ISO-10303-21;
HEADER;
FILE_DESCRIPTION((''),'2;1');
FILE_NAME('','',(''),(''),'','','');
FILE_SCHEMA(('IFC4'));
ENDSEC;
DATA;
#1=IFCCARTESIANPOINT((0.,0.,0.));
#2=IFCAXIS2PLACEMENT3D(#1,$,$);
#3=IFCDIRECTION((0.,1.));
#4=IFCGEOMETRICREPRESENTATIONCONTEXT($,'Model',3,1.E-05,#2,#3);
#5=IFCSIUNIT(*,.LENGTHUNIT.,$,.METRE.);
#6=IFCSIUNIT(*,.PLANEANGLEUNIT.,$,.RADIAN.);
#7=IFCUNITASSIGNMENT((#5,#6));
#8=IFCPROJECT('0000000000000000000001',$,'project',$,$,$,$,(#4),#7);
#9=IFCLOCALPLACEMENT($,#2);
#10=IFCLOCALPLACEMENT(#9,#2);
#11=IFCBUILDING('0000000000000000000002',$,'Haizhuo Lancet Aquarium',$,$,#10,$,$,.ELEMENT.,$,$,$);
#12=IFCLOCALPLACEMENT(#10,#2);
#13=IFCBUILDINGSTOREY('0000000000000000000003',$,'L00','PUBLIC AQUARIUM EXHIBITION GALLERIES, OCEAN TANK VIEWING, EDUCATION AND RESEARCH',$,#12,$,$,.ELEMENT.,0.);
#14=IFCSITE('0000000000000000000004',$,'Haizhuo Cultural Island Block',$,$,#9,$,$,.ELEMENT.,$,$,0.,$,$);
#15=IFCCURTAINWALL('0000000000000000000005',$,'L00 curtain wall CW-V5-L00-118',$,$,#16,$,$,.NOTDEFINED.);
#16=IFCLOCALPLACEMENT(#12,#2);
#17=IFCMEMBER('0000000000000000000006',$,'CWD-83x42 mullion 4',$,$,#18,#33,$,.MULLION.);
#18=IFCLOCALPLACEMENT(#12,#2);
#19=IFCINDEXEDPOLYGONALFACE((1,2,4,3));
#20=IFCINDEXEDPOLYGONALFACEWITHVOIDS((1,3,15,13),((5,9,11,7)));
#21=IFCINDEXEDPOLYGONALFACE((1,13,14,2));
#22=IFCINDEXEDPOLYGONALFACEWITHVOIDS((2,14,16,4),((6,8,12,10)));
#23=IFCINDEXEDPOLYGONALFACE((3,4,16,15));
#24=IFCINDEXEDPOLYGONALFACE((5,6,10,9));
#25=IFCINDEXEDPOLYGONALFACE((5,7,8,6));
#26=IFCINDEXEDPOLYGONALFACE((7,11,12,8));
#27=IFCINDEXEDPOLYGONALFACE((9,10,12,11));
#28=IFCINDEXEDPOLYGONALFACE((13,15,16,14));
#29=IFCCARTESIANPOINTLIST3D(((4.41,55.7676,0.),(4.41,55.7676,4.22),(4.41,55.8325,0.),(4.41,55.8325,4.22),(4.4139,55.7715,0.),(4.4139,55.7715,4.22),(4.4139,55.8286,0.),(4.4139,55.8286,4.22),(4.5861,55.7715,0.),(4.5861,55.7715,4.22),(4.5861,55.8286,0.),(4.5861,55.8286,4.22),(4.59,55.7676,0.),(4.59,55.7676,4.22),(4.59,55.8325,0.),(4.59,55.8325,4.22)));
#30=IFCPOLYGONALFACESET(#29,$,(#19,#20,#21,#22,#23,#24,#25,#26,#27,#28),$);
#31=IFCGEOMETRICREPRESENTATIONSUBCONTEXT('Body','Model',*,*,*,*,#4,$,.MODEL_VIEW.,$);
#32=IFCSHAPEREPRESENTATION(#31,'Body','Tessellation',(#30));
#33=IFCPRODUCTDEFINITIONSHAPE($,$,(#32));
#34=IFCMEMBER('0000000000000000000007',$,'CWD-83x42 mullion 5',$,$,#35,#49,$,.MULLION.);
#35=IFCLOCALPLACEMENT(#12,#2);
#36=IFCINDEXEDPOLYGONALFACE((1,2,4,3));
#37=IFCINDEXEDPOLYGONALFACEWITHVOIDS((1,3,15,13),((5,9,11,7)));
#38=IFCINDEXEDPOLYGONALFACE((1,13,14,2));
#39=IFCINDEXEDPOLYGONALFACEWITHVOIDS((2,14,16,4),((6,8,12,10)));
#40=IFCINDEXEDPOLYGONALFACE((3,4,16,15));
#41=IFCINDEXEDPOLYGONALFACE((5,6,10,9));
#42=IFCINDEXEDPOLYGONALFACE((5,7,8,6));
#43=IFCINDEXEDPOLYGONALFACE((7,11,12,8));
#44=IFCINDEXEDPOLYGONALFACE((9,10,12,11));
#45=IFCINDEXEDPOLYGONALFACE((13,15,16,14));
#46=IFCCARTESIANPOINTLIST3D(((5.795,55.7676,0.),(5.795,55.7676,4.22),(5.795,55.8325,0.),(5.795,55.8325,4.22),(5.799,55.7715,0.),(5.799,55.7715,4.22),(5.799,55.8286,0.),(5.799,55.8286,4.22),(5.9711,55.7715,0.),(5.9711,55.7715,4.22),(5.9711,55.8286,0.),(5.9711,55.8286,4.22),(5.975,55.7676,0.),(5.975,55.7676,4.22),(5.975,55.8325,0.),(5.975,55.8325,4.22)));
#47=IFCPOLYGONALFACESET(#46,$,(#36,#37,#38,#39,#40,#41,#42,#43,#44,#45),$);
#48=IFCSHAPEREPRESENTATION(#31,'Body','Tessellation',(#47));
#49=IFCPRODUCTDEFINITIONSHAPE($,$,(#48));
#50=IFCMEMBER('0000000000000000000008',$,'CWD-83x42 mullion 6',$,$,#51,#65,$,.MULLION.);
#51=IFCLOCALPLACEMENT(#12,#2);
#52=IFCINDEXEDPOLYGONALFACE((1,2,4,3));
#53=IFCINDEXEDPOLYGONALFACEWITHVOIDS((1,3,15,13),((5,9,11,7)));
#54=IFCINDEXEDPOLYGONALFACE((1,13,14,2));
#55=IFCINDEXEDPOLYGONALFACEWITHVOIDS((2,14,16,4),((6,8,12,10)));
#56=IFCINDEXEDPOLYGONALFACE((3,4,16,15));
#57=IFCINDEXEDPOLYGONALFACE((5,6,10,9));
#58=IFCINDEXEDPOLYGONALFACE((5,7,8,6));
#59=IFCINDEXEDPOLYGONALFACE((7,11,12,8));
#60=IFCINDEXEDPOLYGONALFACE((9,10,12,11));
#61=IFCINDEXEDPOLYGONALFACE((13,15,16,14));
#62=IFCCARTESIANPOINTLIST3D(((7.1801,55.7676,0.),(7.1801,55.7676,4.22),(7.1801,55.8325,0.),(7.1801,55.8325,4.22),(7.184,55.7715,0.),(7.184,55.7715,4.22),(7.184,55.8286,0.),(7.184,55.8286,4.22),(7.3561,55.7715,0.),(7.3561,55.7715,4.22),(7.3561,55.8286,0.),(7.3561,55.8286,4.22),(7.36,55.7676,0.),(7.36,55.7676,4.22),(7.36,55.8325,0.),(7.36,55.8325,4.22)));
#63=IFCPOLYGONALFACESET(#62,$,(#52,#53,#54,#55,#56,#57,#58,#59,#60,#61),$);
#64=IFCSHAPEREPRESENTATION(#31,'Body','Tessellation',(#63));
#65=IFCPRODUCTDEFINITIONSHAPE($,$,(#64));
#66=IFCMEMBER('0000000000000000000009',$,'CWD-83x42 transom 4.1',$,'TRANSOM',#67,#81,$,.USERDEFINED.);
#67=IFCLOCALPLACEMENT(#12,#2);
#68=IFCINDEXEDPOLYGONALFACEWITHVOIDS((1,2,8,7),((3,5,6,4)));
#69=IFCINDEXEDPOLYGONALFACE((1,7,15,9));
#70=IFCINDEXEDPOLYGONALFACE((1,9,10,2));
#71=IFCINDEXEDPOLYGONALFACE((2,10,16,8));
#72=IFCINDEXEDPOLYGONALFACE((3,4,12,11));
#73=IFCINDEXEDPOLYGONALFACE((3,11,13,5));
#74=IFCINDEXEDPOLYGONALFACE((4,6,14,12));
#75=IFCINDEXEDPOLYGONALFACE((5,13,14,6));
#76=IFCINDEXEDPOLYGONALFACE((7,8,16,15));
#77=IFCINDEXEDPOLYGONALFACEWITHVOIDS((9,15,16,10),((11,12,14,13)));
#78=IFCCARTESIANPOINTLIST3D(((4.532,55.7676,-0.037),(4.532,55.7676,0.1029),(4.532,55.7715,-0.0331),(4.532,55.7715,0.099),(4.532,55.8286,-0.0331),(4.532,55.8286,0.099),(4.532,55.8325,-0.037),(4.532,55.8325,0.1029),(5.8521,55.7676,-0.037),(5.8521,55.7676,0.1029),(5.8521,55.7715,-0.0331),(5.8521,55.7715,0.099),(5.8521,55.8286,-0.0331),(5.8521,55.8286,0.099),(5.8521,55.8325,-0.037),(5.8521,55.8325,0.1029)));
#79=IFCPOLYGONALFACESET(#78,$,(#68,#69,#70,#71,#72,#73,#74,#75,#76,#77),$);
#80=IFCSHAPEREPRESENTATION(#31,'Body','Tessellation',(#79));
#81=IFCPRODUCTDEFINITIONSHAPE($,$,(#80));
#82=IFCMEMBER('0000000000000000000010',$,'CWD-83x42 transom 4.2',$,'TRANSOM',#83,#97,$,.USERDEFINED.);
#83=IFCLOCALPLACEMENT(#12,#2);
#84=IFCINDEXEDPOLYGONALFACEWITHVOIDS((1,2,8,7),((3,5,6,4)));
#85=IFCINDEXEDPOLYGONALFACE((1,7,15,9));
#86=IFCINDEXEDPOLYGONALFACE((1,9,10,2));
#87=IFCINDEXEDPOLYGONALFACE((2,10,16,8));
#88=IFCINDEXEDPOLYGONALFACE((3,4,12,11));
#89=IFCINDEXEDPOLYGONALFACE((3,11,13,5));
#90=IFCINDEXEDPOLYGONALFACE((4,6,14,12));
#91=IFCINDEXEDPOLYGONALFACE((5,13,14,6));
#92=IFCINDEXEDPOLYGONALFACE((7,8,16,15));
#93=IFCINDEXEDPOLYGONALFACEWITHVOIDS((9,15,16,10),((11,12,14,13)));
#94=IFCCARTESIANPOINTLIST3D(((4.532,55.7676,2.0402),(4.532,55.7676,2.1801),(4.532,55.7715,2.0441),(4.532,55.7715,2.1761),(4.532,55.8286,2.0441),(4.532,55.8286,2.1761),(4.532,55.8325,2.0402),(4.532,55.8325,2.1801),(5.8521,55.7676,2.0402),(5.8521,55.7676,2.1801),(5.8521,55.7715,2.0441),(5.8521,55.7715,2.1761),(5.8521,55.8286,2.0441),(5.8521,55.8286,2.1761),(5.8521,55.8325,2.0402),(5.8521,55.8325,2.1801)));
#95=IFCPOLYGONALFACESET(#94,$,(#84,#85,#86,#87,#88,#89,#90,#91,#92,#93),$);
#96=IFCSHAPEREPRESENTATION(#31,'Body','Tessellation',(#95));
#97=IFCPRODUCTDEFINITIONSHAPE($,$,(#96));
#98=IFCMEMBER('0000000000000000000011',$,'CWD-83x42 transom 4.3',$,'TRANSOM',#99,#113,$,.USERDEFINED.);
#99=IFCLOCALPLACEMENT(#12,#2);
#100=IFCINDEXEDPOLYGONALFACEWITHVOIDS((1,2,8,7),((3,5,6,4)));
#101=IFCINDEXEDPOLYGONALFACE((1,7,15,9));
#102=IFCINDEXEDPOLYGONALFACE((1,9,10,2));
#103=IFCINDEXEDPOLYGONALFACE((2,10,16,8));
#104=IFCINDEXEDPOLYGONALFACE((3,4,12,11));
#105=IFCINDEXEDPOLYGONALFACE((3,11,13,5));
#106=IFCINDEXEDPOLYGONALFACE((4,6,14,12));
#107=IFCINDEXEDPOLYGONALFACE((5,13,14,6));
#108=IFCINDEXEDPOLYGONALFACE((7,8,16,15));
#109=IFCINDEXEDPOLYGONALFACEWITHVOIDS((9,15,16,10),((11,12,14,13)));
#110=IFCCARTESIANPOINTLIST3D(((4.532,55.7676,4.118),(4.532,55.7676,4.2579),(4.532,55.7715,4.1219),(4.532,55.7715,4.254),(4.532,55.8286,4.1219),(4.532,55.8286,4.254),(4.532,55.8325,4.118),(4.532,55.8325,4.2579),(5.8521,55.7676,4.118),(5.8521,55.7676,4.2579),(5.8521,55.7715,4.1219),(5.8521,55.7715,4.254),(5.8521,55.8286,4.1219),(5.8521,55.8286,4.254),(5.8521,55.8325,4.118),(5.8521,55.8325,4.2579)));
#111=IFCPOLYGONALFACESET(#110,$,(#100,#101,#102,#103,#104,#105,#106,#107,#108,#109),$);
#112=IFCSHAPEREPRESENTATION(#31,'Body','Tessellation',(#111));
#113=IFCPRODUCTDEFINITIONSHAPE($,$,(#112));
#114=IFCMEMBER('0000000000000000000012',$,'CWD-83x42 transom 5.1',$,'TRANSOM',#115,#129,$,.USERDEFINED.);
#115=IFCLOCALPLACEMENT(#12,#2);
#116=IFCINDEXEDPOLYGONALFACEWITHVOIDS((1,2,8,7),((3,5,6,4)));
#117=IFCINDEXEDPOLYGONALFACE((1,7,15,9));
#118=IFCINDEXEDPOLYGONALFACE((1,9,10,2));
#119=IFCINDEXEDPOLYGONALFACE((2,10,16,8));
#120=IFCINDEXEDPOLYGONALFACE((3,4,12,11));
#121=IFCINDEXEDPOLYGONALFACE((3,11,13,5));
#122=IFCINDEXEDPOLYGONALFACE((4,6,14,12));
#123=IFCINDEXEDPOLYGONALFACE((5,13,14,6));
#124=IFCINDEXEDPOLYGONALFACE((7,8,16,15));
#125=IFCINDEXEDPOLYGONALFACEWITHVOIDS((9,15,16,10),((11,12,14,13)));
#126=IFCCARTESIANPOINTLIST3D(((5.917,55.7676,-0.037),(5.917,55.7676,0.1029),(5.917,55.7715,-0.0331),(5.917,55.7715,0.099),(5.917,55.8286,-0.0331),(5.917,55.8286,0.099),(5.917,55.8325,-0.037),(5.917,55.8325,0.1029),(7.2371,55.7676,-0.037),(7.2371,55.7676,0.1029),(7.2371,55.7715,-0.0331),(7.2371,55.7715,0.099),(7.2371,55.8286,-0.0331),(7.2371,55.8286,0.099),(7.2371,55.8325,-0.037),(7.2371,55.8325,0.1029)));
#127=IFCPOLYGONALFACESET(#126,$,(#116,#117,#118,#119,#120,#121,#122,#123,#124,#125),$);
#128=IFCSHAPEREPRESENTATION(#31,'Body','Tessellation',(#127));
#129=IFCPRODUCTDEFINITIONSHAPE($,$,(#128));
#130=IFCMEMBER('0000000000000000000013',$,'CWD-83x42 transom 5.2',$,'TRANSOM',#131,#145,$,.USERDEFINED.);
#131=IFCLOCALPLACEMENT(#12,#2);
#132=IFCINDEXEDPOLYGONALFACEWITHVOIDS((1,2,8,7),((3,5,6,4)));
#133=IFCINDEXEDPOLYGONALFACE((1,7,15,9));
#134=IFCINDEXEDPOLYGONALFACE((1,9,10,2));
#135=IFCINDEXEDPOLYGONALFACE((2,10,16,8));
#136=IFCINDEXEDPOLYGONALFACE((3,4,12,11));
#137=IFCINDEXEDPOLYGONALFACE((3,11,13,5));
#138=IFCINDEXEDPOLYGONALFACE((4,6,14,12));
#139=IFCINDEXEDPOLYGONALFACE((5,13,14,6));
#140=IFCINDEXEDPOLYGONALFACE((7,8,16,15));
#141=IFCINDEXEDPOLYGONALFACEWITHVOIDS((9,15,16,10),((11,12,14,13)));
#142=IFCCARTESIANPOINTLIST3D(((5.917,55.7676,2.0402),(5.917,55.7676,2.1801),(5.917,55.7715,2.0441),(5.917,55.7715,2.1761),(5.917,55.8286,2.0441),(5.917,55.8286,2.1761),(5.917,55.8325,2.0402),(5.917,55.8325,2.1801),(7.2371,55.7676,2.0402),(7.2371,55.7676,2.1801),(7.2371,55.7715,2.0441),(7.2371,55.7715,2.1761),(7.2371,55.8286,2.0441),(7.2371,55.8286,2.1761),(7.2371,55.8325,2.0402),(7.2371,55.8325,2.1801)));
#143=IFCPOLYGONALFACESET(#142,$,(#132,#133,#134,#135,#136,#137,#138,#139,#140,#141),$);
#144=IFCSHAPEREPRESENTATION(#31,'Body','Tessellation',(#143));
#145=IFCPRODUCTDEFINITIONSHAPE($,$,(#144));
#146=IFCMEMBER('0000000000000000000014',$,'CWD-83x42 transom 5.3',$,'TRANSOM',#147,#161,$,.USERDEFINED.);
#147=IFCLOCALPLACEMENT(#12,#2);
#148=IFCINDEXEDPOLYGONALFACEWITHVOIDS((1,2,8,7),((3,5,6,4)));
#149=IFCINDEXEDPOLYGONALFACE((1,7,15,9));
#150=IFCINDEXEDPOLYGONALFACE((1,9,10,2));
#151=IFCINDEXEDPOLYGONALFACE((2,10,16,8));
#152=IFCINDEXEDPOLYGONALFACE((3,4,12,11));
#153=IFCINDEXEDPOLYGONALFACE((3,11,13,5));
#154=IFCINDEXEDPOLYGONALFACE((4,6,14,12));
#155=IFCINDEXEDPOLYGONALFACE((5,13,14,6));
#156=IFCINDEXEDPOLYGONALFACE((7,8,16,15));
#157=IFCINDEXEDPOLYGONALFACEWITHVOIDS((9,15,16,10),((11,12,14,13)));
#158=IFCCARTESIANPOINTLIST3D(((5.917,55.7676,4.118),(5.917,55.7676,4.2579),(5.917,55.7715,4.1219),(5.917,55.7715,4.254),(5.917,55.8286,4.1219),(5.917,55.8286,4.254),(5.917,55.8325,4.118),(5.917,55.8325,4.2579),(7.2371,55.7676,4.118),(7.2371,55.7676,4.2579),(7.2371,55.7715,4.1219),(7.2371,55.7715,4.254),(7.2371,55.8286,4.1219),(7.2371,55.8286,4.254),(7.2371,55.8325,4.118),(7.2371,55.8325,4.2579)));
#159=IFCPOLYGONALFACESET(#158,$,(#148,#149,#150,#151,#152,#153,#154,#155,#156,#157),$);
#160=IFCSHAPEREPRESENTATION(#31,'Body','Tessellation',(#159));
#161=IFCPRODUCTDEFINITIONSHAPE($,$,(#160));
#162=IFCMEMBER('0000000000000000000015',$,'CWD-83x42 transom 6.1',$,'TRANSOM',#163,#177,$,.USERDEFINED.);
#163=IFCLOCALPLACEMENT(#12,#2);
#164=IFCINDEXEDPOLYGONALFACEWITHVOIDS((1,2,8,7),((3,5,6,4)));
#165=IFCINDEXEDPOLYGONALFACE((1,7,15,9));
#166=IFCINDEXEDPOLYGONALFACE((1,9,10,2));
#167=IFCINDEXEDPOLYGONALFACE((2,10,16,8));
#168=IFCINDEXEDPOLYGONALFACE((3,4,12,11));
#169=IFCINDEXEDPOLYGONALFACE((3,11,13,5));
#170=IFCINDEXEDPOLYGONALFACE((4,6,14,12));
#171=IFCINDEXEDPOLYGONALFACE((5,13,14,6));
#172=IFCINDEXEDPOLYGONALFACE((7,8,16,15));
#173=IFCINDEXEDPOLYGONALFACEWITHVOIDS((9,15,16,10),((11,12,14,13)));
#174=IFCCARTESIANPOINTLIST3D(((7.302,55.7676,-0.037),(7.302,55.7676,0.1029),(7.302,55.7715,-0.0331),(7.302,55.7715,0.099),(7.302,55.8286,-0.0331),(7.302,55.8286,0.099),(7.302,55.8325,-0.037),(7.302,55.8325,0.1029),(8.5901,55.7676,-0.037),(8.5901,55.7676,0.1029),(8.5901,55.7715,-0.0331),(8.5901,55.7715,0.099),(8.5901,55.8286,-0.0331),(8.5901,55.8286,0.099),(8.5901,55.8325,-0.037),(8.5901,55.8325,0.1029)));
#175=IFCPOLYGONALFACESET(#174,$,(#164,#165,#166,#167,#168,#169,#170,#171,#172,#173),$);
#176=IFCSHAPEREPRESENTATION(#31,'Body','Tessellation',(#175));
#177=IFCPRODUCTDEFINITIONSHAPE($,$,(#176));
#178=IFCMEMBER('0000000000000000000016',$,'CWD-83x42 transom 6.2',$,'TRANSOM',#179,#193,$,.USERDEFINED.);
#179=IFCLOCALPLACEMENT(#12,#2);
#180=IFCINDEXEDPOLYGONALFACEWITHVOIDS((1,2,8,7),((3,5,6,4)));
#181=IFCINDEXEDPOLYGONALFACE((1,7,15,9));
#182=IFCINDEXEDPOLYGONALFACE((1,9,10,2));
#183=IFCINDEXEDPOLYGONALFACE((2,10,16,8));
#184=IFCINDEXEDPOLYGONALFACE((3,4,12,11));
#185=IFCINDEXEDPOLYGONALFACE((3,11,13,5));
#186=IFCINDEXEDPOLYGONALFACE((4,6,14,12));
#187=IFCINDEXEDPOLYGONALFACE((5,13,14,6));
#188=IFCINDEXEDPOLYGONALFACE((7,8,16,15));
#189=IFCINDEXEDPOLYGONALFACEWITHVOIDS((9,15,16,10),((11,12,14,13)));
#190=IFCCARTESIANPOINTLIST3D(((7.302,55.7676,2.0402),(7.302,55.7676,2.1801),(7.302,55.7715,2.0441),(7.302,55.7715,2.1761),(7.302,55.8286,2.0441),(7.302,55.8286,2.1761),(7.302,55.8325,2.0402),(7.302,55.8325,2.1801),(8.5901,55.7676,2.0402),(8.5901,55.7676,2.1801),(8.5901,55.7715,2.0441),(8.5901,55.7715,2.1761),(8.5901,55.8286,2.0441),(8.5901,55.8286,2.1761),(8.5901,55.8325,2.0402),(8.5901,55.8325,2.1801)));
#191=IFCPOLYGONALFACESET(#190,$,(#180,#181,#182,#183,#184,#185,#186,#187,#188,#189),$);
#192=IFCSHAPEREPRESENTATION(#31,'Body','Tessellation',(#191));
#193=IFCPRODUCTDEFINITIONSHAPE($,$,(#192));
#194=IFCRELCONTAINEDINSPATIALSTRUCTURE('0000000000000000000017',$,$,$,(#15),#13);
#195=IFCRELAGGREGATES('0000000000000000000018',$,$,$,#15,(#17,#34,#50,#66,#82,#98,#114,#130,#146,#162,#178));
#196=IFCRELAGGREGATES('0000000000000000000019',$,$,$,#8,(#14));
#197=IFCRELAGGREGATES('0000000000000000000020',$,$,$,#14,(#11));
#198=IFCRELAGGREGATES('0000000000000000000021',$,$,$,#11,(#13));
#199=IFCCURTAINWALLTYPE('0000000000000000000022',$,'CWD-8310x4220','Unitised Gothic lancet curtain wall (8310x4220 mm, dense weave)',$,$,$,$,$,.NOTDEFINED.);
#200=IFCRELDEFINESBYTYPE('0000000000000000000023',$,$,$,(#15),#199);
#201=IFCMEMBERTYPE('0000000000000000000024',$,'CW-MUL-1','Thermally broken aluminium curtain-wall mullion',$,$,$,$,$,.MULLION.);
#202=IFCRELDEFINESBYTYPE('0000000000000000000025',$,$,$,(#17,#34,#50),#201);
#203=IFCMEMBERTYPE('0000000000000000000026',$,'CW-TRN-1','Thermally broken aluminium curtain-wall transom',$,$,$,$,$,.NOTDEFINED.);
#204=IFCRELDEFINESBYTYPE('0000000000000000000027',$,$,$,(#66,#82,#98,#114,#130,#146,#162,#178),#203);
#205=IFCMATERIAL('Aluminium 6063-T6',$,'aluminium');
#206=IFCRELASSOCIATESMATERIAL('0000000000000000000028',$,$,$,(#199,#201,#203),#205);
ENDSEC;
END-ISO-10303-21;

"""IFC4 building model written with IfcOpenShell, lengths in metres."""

from ifc_helpers import new_model, si_unit, direction, frame, origin, origin_2d, place, context, subcontext, project, spatial, hollow_rectangle, extrude, material, material_profile, profile_set, type_object, element, aggregate, save


model = new_model("IFC4")

# Units and contexts
model_context = context("Model", 3, precision=1e-05, world=origin(), true_north=direction((0.0, 1.0)))
body_context = subcontext(model_context, "Body", "Model", "MODEL_VIEW")
ifc_project = project(units=[si_unit("LENGTHUNIT", "METRE"), si_unit("PLANEANGLEUNIT", "RADIAN")], contexts=[model_context])

# Site, building, storey
site_placement = place(None, origin())
site = spatial("IfcSite", under=ifc_project, at=site_placement, Name="Haizhuo Cultural Island Block", CompositionType="ELEMENT", RefElevation=0.0)
building_placement = place(site_placement, origin())
building = spatial("IfcBuilding", under=site, at=building_placement, Name="Haizhuo Lancet Aquarium", CompositionType="ELEMENT")
storey_placement = place(building_placement, origin())
storey = spatial("IfcBuildingStorey", under=building, at=storey_placement, Name="L00", Description="PUBLIC AQUARIUM EXHIBITION GALLERIES, OCEAN TANK VIEWING, EDUCATION AND RESEARCH", CompositionType="ELEMENT", Elevation=0.0)

# Curtain wall, members
ifc_material_1 = material(Name="Aluminium 6063-T6", Category="aluminium")
curtain_wall_type = type_object("IfcCurtainWallType", Name="CWD-8310x4220", Description="Unitised Gothic lancet curtain wall (8310x4220 mm, dense weave)", PredefinedType="NOTDEFINED", material=ifc_material_1)
curtain_wall_placement = place(storey_placement, origin())
curtain_wall = element("IfcCurtainWall", 1, at=curtain_wall_placement, inside=storey, type_object=curtain_wall_type, Name="L00 curtain wall CW-V5-L00-118", PredefinedType="NOTDEFINED")
ifc_material_profile_1 = material_profile(ifc_material_1, hollow_rectangle(XDim=0.0649, YDim=0.1799, WallThickness=0.0039, at=origin_2d()), Name="ALU-M 65x180x4")
ifc_profile_set_1 = profile_set([ifc_material_profile_1], Name="Aluminium 6063-T6")
member_type_1 = type_object("IfcMemberType", Name="CW-MUL-1", Description="Thermally broken aluminium curtain-wall mullion", PredefinedType="MULLION", material=ifc_profile_set_1)
member_1_placement = place(storey_placement, frame((4.5, 55.8, 0.0), z_axis=(0.0, 0.0, 1.0), x_axis=(0.0, 1.0, 0.0)))
member_1 = element("IfcMember", 2, at=member_1_placement, type_object=member_type_1, Name="CWD-83x42 mullion 4", PredefinedType="MULLION", context=body_context, shape_type="SweptSolid", body=[
    extrude(hollow_rectangle(XDim=0.0649, YDim=0.1799, WallThickness=0.0039, at=origin_2d()), origin(), (0.0, 0.0, 1.0), 4.22),
])
member_2_placement = place(storey_placement, frame((5.885, 55.8, 0.0), z_axis=(0.0, 0.0, 1.0), x_axis=(0.0, 1.0, 0.0)))
member_2 = element("IfcMember", 3, at=member_2_placement, type_object=member_type_1, Name="CWD-83x42 mullion 5", PredefinedType="MULLION", context=body_context, shape_type="SweptSolid", body=[
    extrude(hollow_rectangle(XDim=0.0649, YDim=0.1799, WallThickness=0.0039, at=origin_2d()), origin(), (0.0, 0.0, 1.0), 4.22),
])
member_3_placement = place(storey_placement, frame((7.27, 55.8, 0.0), z_axis=(0.0, 0.0, 1.0), x_axis=(0.0, 1.0, 0.0)))
member_3 = element("IfcMember", 4, at=member_3_placement, type_object=member_type_1, Name="CWD-83x42 mullion 6", PredefinedType="MULLION", context=body_context, shape_type="SweptSolid", body=[
    extrude(hollow_rectangle(XDim=0.0649, YDim=0.1799, WallThickness=0.0039, at=origin_2d()), origin(), (0.0, 0.0, 1.0), 4.22),
])
ifc_material_profile_2 = material_profile(ifc_material_1, hollow_rectangle(XDim=0.0649, YDim=0.1399, WallThickness=0.0039, at=origin_2d()), Name="ALU-T 65x140x4")
ifc_profile_set_2 = profile_set([ifc_material_profile_2], Name="Aluminium 6063-T6")
member_type_2 = type_object("IfcMemberType", Name="CW-TRN-1", Description="Thermally broken aluminium curtain-wall transom", PredefinedType="NOTDEFINED", material=ifc_profile_set_2)
member_4_placement = place(storey_placement, frame((4.532, 55.8, 0.033), z_axis=(1.0, 0.0, 0.0), x_axis=(0.0, 1.0, 0.0)))
member_4 = element("IfcMember", 5, at=member_4_placement, type_object=member_type_2, Name="CWD-83x42 transom 4.1", ObjectType="TRANSOM", PredefinedType="USERDEFINED", context=body_context, shape_type="SweptSolid", body=[
    extrude(hollow_rectangle(XDim=0.0649, YDim=0.1399, WallThickness=0.0039, at=origin_2d()), origin(), (0.0, 0.0, 1.0), 1.3201),
])
member_5_placement = place(storey_placement, frame((4.532, 55.8, 2.1101), z_axis=(1.0, 0.0, 0.0), x_axis=(0.0, 1.0, 0.0)))
member_5 = element("IfcMember", 6, at=member_5_placement, type_object=member_type_2, Name="CWD-83x42 transom 4.2", ObjectType="TRANSOM", PredefinedType="USERDEFINED", context=body_context, shape_type="SweptSolid", body=[
    extrude(hollow_rectangle(XDim=0.0649, YDim=0.1399, WallThickness=0.0039, at=origin_2d()), origin(), (0.0, 0.0, 1.0), 1.3201),
])
member_6_placement = place(storey_placement, frame((4.532, 55.8, 4.188), z_axis=(1.0, 0.0, 0.0), x_axis=(0.0, 1.0, 0.0)))
member_6 = element("IfcMember", 7, at=member_6_placement, type_object=member_type_2, Name="CWD-83x42 transom 4.3", ObjectType="TRANSOM", PredefinedType="USERDEFINED", context=body_context, shape_type="SweptSolid", body=[
    extrude(hollow_rectangle(XDim=0.0649, YDim=0.1399, WallThickness=0.0039, at=origin_2d()), origin(), (0.0, 0.0, 1.0), 1.3201),
])
member_7_placement = place(storey_placement, frame((5.917, 55.8, 0.033), z_axis=(1.0, 0.0, 0.0), x_axis=(0.0, 1.0, 0.0)))
member_7 = element("IfcMember", 8, at=member_7_placement, type_object=member_type_2, Name="CWD-83x42 transom 5.1", ObjectType="TRANSOM", PredefinedType="USERDEFINED", context=body_context, shape_type="SweptSolid", body=[
    extrude(hollow_rectangle(XDim=0.0649, YDim=0.1399, WallThickness=0.0039, at=origin_2d()), origin(), (0.0, 0.0, 1.0), 1.3201),
])
member_8_placement = place(storey_placement, frame((5.917, 55.8, 2.1101), z_axis=(1.0, 0.0, 0.0), x_axis=(0.0, 1.0, 0.0)))
member_8 = element("IfcMember", 9, at=member_8_placement, type_object=member_type_2, Name="CWD-83x42 transom 5.2", ObjectType="TRANSOM", PredefinedType="USERDEFINED", context=body_context, shape_type="SweptSolid", body=[
    extrude(hollow_rectangle(XDim=0.0649, YDim=0.1399, WallThickness=0.0039, at=origin_2d()), origin(), (0.0, 0.0, 1.0), 1.3201),
])
member_9_placement = place(storey_placement, frame((5.917, 55.8, 4.188), z_axis=(1.0, 0.0, 0.0), x_axis=(0.0, 1.0, 0.0)))
member_9 = element("IfcMember", 10, at=member_9_placement, type_object=member_type_2, Name="CWD-83x42 transom 5.3", ObjectType="TRANSOM", PredefinedType="USERDEFINED", context=body_context, shape_type="SweptSolid", body=[
    extrude(hollow_rectangle(XDim=0.0649, YDim=0.1399, WallThickness=0.0039, at=origin_2d()), origin(), (0.0, 0.0, 1.0), 1.3201),
])
member_10_placement = place(storey_placement, frame((7.302, 55.8, 0.033), z_axis=(1.0, 0.0, 0.0), x_axis=(0.0, 1.0, 0.0)))
member_10 = element("IfcMember", 11, at=member_10_placement, type_object=member_type_2, Name="CWD-83x42 transom 6.1", ObjectType="TRANSOM", PredefinedType="USERDEFINED", context=body_context, shape_type="SweptSolid", body=[
    extrude(hollow_rectangle(XDim=0.0649, YDim=0.1399, WallThickness=0.0039, at=origin_2d()), origin(), (0.0, 0.0, 1.0), 1.2881),
])
member_11_placement = place(storey_placement, frame((7.302, 55.8, 2.1101), z_axis=(1.0, 0.0, 0.0), x_axis=(0.0, 1.0, 0.0)))
member_11 = element("IfcMember", 12, at=member_11_placement, type_object=member_type_2, Name="CWD-83x42 transom 6.2", ObjectType="TRANSOM", PredefinedType="USERDEFINED", context=body_context, shape_type="SweptSolid", body=[
    extrude(hollow_rectangle(XDim=0.0649, YDim=0.1399, WallThickness=0.0039, at=origin_2d()), origin(), (0.0, 0.0, 1.0), 1.2881),
])

aggregate(curtain_wall, [member_1, member_2, member_3, member_4, member_5, member_6, member_7, member_8, member_9, member_10, member_11])

save(model, "model.ifc")
